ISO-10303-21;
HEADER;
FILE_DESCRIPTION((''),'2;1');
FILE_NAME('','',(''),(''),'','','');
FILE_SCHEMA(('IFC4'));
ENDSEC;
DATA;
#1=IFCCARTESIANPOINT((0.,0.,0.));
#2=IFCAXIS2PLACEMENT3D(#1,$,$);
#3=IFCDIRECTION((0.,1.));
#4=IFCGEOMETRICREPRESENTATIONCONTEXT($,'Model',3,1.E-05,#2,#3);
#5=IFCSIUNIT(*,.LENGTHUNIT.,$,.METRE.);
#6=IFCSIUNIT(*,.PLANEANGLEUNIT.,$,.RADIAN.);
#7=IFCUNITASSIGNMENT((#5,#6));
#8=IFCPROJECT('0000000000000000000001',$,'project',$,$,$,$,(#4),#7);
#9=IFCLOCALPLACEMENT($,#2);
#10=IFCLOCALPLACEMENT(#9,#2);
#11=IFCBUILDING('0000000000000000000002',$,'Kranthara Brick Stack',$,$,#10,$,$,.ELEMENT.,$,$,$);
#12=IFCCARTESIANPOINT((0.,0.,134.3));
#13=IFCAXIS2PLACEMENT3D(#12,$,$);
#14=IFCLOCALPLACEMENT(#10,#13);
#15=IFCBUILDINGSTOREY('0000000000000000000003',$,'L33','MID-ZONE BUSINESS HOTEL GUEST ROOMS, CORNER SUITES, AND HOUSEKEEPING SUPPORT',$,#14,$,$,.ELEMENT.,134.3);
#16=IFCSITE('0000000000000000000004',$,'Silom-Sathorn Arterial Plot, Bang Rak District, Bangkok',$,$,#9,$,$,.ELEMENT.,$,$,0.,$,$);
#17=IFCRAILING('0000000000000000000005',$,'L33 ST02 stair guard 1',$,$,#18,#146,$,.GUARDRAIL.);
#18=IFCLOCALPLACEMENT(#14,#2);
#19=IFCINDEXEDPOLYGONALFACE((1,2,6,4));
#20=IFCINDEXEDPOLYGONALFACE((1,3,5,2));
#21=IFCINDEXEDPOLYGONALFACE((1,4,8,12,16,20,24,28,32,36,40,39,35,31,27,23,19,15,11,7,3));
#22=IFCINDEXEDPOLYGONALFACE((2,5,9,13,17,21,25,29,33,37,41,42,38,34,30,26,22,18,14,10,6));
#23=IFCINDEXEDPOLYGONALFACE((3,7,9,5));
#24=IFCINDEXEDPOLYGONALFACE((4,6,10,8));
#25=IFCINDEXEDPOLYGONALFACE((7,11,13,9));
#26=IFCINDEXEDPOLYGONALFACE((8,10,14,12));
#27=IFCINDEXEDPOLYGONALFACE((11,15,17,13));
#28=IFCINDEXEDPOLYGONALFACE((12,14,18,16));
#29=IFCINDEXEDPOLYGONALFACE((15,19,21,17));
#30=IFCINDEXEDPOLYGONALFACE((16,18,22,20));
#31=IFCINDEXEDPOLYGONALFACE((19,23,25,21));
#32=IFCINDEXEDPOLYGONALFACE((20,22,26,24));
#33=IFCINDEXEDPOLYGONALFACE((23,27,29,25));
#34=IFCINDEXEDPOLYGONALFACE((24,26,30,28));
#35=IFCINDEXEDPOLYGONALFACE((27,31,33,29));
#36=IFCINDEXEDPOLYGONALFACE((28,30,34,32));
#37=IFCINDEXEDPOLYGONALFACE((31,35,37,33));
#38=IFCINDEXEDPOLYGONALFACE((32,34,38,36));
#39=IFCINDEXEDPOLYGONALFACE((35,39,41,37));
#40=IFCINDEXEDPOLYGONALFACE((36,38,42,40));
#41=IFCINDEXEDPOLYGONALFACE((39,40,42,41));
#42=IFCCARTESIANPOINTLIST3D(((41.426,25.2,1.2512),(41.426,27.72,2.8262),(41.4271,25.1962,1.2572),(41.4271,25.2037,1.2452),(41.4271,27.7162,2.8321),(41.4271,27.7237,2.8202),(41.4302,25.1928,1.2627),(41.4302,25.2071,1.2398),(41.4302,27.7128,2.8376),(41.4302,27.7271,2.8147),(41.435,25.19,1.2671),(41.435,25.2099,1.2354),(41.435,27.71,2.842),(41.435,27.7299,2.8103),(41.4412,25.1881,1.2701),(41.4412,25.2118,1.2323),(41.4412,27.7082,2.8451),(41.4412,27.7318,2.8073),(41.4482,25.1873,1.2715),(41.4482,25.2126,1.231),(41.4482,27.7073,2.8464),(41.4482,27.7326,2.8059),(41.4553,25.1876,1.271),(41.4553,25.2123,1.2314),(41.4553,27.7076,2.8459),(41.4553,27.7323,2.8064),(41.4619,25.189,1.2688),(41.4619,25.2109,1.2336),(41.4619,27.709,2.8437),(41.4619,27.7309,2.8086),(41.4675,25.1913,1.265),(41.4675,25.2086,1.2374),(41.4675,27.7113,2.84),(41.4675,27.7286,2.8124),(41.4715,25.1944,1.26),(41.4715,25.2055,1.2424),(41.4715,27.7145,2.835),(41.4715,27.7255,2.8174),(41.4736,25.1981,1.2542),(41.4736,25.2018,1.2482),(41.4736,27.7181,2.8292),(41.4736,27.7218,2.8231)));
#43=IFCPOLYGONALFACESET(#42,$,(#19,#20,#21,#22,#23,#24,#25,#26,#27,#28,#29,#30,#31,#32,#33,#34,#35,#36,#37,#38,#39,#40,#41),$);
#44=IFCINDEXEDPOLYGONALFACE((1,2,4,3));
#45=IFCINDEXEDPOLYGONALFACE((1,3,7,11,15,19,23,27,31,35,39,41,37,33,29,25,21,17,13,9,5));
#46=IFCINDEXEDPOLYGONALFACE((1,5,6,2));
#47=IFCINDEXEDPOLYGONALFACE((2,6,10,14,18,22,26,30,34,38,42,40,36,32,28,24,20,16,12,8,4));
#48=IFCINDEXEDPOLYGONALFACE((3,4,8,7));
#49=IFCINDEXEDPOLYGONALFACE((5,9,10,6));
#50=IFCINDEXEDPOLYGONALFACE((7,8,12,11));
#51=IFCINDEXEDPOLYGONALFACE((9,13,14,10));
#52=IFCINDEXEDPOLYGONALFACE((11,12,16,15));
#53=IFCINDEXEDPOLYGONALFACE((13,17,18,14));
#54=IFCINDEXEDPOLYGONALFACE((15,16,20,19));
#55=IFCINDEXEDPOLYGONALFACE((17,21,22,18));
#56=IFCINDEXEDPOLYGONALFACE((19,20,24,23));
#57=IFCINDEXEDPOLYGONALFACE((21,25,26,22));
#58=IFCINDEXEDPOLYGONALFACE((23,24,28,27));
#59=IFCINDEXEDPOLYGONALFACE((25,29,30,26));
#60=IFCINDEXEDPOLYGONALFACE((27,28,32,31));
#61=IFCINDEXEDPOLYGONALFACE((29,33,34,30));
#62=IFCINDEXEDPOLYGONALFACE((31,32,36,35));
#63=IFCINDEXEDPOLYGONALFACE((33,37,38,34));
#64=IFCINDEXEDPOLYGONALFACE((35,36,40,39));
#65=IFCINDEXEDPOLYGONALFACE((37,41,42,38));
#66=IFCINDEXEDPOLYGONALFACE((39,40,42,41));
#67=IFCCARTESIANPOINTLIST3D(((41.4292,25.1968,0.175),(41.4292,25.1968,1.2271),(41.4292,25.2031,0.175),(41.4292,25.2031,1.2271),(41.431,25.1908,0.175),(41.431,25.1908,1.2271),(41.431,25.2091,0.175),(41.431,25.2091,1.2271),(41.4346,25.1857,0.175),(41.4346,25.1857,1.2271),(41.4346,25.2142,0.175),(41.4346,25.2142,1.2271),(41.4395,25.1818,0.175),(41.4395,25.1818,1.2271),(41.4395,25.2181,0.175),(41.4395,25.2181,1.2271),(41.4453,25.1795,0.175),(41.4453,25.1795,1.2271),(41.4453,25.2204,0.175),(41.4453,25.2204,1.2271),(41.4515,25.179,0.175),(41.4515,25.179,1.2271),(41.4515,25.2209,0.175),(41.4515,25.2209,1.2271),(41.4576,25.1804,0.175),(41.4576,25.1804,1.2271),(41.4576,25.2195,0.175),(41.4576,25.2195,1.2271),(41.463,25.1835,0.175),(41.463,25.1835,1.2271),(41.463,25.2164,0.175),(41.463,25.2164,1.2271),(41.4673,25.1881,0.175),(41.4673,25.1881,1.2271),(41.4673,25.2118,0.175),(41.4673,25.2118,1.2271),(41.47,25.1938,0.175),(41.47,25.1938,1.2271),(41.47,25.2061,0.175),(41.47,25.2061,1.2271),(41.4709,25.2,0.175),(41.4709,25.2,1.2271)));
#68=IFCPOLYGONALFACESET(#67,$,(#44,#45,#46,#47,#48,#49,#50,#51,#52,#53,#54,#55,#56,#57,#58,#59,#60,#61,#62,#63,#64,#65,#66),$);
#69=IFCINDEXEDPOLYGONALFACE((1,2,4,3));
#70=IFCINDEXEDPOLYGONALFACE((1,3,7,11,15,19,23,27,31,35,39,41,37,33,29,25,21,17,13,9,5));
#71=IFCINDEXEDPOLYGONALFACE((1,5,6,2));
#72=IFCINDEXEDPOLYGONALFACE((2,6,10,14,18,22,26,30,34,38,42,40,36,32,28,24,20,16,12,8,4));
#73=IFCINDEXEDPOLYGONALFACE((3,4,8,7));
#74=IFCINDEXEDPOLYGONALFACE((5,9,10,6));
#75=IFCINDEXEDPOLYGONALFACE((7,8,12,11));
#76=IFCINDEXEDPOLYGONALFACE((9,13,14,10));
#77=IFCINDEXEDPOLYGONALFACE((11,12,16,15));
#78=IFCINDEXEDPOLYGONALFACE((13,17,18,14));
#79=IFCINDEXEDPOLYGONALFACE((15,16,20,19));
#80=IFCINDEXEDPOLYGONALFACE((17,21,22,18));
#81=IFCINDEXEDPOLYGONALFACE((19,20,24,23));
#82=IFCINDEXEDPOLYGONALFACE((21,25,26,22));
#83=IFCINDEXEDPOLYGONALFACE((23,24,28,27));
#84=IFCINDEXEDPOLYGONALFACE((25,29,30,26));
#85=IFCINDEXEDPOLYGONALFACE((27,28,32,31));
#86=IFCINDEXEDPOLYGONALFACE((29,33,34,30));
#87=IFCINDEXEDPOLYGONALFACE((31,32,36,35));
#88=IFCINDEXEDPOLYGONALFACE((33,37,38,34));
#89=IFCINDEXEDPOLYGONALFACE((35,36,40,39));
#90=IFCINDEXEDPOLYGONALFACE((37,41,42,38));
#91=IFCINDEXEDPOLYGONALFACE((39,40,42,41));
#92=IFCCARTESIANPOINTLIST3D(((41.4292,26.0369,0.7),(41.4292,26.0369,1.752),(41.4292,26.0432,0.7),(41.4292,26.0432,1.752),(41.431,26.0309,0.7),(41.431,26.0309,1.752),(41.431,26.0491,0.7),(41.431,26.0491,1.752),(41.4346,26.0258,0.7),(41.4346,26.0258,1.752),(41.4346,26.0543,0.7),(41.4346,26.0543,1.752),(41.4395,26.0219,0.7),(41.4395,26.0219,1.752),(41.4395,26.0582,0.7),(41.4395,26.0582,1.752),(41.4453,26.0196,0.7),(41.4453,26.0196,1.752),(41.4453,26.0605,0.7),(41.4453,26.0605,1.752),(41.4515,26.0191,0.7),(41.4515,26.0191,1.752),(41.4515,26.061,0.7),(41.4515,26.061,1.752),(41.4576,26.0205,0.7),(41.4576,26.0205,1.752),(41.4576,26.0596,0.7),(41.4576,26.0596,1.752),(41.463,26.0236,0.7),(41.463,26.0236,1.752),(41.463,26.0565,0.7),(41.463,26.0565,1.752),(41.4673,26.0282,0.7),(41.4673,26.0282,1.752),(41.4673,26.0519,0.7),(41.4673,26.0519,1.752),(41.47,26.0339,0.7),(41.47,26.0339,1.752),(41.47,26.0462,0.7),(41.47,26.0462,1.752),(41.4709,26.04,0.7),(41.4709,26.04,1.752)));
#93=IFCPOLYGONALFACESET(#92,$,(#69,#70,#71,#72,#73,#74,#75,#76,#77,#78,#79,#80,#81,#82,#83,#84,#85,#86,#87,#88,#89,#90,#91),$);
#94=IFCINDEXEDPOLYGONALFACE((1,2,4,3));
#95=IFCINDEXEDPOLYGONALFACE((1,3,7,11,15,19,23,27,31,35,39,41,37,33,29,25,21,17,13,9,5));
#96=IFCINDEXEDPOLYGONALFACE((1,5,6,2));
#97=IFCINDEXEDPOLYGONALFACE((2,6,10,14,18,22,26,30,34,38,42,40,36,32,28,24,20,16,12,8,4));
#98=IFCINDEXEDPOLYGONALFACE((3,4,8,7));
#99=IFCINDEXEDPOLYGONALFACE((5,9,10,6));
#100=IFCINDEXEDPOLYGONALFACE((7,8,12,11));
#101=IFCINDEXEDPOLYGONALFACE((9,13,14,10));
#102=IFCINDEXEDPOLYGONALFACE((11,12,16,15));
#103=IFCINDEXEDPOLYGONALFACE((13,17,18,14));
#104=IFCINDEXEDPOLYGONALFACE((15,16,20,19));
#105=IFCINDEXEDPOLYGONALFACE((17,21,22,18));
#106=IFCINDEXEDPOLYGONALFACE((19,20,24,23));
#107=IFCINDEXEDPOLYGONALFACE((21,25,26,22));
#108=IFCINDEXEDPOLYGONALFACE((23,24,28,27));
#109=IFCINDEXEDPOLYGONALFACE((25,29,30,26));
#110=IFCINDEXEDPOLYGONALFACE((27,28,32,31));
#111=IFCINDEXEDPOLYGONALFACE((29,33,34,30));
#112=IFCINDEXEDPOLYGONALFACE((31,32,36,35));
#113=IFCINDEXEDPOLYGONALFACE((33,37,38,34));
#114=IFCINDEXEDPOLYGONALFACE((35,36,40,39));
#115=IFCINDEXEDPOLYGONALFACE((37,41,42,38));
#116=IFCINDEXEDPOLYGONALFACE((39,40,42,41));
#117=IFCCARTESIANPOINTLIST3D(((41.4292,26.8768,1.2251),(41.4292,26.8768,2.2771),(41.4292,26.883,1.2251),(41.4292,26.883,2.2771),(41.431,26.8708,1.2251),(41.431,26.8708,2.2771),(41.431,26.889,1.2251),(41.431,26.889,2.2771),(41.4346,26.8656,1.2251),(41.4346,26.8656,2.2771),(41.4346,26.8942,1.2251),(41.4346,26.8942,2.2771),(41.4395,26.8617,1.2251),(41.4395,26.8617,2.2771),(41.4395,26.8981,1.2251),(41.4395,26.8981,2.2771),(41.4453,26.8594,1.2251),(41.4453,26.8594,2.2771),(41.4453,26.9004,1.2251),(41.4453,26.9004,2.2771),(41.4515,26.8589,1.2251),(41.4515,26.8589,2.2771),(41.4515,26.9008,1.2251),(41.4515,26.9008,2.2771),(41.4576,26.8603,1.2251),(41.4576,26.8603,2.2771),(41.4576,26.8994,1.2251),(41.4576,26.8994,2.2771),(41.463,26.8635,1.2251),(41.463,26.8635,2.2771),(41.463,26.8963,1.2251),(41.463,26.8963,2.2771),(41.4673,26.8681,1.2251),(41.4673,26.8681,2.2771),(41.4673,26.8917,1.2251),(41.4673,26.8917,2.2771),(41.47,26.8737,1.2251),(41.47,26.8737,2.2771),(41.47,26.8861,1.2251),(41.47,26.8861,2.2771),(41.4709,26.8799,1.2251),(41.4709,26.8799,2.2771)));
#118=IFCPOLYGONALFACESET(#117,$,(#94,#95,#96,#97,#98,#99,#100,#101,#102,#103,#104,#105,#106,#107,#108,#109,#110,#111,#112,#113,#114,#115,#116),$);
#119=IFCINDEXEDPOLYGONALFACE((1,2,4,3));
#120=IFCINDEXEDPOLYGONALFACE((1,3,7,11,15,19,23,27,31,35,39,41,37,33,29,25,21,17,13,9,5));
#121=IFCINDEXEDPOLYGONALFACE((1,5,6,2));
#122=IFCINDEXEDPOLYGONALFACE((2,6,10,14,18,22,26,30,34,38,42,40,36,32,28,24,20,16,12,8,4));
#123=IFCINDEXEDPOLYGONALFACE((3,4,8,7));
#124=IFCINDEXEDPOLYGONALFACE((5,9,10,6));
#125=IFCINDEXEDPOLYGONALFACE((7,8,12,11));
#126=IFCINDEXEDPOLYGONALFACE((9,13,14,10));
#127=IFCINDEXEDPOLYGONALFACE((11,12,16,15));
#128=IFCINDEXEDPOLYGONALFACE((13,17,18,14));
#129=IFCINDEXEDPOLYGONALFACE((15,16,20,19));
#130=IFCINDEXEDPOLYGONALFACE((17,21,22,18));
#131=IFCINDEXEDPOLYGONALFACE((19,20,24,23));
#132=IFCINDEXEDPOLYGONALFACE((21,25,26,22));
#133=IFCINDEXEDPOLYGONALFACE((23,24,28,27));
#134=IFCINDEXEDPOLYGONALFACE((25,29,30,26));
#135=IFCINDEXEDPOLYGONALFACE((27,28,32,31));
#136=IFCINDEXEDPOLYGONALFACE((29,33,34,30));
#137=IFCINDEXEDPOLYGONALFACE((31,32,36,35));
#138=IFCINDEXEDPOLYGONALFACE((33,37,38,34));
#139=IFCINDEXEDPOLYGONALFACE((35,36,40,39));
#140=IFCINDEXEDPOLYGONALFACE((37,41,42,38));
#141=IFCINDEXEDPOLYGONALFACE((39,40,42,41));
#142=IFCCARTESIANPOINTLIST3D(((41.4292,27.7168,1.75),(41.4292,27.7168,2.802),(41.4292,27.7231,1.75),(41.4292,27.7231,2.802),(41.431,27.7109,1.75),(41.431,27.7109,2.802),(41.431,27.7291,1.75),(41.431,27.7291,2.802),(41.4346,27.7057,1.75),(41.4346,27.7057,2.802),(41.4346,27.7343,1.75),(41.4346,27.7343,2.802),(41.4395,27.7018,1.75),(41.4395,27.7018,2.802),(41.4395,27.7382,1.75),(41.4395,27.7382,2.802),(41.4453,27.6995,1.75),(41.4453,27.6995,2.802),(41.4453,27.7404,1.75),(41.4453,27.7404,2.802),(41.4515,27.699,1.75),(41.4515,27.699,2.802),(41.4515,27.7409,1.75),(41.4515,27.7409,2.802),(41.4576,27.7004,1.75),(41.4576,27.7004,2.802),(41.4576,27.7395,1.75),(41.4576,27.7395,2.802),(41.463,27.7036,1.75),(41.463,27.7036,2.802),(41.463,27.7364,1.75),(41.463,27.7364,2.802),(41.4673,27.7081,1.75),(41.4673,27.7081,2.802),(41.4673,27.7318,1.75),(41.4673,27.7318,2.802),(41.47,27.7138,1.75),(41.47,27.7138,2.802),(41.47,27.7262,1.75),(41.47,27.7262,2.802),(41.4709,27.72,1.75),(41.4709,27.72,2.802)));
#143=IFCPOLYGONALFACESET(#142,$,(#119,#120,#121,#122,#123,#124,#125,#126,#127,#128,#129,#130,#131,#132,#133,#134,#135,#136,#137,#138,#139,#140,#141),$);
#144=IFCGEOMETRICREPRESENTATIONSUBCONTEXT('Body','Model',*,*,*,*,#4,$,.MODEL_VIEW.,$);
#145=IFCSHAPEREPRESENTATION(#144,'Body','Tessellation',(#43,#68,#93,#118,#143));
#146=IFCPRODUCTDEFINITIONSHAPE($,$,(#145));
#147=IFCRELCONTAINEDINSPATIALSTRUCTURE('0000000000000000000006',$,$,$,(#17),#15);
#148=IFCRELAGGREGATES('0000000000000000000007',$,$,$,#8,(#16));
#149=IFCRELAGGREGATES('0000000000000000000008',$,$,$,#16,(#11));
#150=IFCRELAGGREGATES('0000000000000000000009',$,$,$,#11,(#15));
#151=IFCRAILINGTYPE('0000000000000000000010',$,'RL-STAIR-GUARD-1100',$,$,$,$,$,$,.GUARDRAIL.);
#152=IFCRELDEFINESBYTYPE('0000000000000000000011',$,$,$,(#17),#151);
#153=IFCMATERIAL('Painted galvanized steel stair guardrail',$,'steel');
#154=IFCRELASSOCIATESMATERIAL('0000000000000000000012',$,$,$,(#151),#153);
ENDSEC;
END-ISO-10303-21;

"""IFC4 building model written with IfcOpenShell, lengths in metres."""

from ifc_helpers import new_model, si_unit, direction, frame, origin, origin_2d, place, context, subcontext, project, spatial, circle, extrude, material, type_object, element, save


model = new_model("IFC4")

# Units and contexts
model_context = context("Model", 3, precision=1e-05, world=origin(), true_north=direction((0.0, 1.0)))
body_context = subcontext(model_context, "Body", "Model", "MODEL_VIEW")
ifc_project = project(units=[si_unit("LENGTHUNIT", "METRE"), si_unit("PLANEANGLEUNIT", "RADIAN")], contexts=[model_context])

# Site, building, storey
site_placement = place(None, origin())
site = spatial("IfcSite", under=ifc_project, at=site_placement, Name="Silom-Sathorn Arterial Plot, Bang Rak District, Bangkok", CompositionType="ELEMENT", RefElevation=0.0)
building_placement = place(site_placement, origin())
building = spatial("IfcBuilding", under=site, at=building_placement, Name="Kranthara Brick Stack", CompositionType="ELEMENT")
storey_placement = place(building_placement, frame((0.0, 0.0, 134.3)))
storey = spatial("IfcBuildingStorey", under=building, at=storey_placement, Name="L33", Description="MID-ZONE BUSINESS HOTEL GUEST ROOMS, CORNER SUITES, AND HOUSEKEEPING SUPPORT", CompositionType="ELEMENT", Elevation=134.3)

# Railing
ifc_material_1 = material(Name="Painted galvanized steel stair guardrail", Category="steel")
railing_type_1 = type_object("IfcRailingType", Name="RL-STAIR-GUARD-1100", PredefinedType="GUARDRAIL", material=ifc_material_1)
railing_1_placement = place(storey_placement, frame((41.45, 25.2, 0.175)))
element("IfcRailing", 1, at=railing_1_placement, inside=storey, type_object=railing_type_1, Name="L33 ST02 stair guard 1", PredefinedType="GUARDRAIL", context=body_context, shape_type="SweptSolid", body=[
    extrude(circle(Radius=0.0239, at=origin_2d()), frame((0.0, 0.0, 1.0762), z_axis=(0.0, 0.848008, 0.529984), x_axis=(-1.0, 0.0, 0.0)), (0.0, 0.0, 1.0), 2.9717),
    extrude(circle(Radius=0.021, at=origin_2d()), origin(), (0.0, 0.0, 1.0), 1.052),
    extrude(circle(Radius=0.021, at=origin_2d()), frame((0.0, 0.8401, 0.5249)), (0.0, 0.0, 1.0), 1.052),
    extrude(circle(Radius=0.021, at=origin_2d()), frame((0.0, 1.6799, 1.05)), (0.0, 0.0, 1.0), 1.052),
    extrude(circle(Radius=0.021, at=origin_2d()), frame((0.0, 2.52, 1.575)), (0.0, 0.0, 1.0), 1.052),
])

save(model, "model.ifc")
